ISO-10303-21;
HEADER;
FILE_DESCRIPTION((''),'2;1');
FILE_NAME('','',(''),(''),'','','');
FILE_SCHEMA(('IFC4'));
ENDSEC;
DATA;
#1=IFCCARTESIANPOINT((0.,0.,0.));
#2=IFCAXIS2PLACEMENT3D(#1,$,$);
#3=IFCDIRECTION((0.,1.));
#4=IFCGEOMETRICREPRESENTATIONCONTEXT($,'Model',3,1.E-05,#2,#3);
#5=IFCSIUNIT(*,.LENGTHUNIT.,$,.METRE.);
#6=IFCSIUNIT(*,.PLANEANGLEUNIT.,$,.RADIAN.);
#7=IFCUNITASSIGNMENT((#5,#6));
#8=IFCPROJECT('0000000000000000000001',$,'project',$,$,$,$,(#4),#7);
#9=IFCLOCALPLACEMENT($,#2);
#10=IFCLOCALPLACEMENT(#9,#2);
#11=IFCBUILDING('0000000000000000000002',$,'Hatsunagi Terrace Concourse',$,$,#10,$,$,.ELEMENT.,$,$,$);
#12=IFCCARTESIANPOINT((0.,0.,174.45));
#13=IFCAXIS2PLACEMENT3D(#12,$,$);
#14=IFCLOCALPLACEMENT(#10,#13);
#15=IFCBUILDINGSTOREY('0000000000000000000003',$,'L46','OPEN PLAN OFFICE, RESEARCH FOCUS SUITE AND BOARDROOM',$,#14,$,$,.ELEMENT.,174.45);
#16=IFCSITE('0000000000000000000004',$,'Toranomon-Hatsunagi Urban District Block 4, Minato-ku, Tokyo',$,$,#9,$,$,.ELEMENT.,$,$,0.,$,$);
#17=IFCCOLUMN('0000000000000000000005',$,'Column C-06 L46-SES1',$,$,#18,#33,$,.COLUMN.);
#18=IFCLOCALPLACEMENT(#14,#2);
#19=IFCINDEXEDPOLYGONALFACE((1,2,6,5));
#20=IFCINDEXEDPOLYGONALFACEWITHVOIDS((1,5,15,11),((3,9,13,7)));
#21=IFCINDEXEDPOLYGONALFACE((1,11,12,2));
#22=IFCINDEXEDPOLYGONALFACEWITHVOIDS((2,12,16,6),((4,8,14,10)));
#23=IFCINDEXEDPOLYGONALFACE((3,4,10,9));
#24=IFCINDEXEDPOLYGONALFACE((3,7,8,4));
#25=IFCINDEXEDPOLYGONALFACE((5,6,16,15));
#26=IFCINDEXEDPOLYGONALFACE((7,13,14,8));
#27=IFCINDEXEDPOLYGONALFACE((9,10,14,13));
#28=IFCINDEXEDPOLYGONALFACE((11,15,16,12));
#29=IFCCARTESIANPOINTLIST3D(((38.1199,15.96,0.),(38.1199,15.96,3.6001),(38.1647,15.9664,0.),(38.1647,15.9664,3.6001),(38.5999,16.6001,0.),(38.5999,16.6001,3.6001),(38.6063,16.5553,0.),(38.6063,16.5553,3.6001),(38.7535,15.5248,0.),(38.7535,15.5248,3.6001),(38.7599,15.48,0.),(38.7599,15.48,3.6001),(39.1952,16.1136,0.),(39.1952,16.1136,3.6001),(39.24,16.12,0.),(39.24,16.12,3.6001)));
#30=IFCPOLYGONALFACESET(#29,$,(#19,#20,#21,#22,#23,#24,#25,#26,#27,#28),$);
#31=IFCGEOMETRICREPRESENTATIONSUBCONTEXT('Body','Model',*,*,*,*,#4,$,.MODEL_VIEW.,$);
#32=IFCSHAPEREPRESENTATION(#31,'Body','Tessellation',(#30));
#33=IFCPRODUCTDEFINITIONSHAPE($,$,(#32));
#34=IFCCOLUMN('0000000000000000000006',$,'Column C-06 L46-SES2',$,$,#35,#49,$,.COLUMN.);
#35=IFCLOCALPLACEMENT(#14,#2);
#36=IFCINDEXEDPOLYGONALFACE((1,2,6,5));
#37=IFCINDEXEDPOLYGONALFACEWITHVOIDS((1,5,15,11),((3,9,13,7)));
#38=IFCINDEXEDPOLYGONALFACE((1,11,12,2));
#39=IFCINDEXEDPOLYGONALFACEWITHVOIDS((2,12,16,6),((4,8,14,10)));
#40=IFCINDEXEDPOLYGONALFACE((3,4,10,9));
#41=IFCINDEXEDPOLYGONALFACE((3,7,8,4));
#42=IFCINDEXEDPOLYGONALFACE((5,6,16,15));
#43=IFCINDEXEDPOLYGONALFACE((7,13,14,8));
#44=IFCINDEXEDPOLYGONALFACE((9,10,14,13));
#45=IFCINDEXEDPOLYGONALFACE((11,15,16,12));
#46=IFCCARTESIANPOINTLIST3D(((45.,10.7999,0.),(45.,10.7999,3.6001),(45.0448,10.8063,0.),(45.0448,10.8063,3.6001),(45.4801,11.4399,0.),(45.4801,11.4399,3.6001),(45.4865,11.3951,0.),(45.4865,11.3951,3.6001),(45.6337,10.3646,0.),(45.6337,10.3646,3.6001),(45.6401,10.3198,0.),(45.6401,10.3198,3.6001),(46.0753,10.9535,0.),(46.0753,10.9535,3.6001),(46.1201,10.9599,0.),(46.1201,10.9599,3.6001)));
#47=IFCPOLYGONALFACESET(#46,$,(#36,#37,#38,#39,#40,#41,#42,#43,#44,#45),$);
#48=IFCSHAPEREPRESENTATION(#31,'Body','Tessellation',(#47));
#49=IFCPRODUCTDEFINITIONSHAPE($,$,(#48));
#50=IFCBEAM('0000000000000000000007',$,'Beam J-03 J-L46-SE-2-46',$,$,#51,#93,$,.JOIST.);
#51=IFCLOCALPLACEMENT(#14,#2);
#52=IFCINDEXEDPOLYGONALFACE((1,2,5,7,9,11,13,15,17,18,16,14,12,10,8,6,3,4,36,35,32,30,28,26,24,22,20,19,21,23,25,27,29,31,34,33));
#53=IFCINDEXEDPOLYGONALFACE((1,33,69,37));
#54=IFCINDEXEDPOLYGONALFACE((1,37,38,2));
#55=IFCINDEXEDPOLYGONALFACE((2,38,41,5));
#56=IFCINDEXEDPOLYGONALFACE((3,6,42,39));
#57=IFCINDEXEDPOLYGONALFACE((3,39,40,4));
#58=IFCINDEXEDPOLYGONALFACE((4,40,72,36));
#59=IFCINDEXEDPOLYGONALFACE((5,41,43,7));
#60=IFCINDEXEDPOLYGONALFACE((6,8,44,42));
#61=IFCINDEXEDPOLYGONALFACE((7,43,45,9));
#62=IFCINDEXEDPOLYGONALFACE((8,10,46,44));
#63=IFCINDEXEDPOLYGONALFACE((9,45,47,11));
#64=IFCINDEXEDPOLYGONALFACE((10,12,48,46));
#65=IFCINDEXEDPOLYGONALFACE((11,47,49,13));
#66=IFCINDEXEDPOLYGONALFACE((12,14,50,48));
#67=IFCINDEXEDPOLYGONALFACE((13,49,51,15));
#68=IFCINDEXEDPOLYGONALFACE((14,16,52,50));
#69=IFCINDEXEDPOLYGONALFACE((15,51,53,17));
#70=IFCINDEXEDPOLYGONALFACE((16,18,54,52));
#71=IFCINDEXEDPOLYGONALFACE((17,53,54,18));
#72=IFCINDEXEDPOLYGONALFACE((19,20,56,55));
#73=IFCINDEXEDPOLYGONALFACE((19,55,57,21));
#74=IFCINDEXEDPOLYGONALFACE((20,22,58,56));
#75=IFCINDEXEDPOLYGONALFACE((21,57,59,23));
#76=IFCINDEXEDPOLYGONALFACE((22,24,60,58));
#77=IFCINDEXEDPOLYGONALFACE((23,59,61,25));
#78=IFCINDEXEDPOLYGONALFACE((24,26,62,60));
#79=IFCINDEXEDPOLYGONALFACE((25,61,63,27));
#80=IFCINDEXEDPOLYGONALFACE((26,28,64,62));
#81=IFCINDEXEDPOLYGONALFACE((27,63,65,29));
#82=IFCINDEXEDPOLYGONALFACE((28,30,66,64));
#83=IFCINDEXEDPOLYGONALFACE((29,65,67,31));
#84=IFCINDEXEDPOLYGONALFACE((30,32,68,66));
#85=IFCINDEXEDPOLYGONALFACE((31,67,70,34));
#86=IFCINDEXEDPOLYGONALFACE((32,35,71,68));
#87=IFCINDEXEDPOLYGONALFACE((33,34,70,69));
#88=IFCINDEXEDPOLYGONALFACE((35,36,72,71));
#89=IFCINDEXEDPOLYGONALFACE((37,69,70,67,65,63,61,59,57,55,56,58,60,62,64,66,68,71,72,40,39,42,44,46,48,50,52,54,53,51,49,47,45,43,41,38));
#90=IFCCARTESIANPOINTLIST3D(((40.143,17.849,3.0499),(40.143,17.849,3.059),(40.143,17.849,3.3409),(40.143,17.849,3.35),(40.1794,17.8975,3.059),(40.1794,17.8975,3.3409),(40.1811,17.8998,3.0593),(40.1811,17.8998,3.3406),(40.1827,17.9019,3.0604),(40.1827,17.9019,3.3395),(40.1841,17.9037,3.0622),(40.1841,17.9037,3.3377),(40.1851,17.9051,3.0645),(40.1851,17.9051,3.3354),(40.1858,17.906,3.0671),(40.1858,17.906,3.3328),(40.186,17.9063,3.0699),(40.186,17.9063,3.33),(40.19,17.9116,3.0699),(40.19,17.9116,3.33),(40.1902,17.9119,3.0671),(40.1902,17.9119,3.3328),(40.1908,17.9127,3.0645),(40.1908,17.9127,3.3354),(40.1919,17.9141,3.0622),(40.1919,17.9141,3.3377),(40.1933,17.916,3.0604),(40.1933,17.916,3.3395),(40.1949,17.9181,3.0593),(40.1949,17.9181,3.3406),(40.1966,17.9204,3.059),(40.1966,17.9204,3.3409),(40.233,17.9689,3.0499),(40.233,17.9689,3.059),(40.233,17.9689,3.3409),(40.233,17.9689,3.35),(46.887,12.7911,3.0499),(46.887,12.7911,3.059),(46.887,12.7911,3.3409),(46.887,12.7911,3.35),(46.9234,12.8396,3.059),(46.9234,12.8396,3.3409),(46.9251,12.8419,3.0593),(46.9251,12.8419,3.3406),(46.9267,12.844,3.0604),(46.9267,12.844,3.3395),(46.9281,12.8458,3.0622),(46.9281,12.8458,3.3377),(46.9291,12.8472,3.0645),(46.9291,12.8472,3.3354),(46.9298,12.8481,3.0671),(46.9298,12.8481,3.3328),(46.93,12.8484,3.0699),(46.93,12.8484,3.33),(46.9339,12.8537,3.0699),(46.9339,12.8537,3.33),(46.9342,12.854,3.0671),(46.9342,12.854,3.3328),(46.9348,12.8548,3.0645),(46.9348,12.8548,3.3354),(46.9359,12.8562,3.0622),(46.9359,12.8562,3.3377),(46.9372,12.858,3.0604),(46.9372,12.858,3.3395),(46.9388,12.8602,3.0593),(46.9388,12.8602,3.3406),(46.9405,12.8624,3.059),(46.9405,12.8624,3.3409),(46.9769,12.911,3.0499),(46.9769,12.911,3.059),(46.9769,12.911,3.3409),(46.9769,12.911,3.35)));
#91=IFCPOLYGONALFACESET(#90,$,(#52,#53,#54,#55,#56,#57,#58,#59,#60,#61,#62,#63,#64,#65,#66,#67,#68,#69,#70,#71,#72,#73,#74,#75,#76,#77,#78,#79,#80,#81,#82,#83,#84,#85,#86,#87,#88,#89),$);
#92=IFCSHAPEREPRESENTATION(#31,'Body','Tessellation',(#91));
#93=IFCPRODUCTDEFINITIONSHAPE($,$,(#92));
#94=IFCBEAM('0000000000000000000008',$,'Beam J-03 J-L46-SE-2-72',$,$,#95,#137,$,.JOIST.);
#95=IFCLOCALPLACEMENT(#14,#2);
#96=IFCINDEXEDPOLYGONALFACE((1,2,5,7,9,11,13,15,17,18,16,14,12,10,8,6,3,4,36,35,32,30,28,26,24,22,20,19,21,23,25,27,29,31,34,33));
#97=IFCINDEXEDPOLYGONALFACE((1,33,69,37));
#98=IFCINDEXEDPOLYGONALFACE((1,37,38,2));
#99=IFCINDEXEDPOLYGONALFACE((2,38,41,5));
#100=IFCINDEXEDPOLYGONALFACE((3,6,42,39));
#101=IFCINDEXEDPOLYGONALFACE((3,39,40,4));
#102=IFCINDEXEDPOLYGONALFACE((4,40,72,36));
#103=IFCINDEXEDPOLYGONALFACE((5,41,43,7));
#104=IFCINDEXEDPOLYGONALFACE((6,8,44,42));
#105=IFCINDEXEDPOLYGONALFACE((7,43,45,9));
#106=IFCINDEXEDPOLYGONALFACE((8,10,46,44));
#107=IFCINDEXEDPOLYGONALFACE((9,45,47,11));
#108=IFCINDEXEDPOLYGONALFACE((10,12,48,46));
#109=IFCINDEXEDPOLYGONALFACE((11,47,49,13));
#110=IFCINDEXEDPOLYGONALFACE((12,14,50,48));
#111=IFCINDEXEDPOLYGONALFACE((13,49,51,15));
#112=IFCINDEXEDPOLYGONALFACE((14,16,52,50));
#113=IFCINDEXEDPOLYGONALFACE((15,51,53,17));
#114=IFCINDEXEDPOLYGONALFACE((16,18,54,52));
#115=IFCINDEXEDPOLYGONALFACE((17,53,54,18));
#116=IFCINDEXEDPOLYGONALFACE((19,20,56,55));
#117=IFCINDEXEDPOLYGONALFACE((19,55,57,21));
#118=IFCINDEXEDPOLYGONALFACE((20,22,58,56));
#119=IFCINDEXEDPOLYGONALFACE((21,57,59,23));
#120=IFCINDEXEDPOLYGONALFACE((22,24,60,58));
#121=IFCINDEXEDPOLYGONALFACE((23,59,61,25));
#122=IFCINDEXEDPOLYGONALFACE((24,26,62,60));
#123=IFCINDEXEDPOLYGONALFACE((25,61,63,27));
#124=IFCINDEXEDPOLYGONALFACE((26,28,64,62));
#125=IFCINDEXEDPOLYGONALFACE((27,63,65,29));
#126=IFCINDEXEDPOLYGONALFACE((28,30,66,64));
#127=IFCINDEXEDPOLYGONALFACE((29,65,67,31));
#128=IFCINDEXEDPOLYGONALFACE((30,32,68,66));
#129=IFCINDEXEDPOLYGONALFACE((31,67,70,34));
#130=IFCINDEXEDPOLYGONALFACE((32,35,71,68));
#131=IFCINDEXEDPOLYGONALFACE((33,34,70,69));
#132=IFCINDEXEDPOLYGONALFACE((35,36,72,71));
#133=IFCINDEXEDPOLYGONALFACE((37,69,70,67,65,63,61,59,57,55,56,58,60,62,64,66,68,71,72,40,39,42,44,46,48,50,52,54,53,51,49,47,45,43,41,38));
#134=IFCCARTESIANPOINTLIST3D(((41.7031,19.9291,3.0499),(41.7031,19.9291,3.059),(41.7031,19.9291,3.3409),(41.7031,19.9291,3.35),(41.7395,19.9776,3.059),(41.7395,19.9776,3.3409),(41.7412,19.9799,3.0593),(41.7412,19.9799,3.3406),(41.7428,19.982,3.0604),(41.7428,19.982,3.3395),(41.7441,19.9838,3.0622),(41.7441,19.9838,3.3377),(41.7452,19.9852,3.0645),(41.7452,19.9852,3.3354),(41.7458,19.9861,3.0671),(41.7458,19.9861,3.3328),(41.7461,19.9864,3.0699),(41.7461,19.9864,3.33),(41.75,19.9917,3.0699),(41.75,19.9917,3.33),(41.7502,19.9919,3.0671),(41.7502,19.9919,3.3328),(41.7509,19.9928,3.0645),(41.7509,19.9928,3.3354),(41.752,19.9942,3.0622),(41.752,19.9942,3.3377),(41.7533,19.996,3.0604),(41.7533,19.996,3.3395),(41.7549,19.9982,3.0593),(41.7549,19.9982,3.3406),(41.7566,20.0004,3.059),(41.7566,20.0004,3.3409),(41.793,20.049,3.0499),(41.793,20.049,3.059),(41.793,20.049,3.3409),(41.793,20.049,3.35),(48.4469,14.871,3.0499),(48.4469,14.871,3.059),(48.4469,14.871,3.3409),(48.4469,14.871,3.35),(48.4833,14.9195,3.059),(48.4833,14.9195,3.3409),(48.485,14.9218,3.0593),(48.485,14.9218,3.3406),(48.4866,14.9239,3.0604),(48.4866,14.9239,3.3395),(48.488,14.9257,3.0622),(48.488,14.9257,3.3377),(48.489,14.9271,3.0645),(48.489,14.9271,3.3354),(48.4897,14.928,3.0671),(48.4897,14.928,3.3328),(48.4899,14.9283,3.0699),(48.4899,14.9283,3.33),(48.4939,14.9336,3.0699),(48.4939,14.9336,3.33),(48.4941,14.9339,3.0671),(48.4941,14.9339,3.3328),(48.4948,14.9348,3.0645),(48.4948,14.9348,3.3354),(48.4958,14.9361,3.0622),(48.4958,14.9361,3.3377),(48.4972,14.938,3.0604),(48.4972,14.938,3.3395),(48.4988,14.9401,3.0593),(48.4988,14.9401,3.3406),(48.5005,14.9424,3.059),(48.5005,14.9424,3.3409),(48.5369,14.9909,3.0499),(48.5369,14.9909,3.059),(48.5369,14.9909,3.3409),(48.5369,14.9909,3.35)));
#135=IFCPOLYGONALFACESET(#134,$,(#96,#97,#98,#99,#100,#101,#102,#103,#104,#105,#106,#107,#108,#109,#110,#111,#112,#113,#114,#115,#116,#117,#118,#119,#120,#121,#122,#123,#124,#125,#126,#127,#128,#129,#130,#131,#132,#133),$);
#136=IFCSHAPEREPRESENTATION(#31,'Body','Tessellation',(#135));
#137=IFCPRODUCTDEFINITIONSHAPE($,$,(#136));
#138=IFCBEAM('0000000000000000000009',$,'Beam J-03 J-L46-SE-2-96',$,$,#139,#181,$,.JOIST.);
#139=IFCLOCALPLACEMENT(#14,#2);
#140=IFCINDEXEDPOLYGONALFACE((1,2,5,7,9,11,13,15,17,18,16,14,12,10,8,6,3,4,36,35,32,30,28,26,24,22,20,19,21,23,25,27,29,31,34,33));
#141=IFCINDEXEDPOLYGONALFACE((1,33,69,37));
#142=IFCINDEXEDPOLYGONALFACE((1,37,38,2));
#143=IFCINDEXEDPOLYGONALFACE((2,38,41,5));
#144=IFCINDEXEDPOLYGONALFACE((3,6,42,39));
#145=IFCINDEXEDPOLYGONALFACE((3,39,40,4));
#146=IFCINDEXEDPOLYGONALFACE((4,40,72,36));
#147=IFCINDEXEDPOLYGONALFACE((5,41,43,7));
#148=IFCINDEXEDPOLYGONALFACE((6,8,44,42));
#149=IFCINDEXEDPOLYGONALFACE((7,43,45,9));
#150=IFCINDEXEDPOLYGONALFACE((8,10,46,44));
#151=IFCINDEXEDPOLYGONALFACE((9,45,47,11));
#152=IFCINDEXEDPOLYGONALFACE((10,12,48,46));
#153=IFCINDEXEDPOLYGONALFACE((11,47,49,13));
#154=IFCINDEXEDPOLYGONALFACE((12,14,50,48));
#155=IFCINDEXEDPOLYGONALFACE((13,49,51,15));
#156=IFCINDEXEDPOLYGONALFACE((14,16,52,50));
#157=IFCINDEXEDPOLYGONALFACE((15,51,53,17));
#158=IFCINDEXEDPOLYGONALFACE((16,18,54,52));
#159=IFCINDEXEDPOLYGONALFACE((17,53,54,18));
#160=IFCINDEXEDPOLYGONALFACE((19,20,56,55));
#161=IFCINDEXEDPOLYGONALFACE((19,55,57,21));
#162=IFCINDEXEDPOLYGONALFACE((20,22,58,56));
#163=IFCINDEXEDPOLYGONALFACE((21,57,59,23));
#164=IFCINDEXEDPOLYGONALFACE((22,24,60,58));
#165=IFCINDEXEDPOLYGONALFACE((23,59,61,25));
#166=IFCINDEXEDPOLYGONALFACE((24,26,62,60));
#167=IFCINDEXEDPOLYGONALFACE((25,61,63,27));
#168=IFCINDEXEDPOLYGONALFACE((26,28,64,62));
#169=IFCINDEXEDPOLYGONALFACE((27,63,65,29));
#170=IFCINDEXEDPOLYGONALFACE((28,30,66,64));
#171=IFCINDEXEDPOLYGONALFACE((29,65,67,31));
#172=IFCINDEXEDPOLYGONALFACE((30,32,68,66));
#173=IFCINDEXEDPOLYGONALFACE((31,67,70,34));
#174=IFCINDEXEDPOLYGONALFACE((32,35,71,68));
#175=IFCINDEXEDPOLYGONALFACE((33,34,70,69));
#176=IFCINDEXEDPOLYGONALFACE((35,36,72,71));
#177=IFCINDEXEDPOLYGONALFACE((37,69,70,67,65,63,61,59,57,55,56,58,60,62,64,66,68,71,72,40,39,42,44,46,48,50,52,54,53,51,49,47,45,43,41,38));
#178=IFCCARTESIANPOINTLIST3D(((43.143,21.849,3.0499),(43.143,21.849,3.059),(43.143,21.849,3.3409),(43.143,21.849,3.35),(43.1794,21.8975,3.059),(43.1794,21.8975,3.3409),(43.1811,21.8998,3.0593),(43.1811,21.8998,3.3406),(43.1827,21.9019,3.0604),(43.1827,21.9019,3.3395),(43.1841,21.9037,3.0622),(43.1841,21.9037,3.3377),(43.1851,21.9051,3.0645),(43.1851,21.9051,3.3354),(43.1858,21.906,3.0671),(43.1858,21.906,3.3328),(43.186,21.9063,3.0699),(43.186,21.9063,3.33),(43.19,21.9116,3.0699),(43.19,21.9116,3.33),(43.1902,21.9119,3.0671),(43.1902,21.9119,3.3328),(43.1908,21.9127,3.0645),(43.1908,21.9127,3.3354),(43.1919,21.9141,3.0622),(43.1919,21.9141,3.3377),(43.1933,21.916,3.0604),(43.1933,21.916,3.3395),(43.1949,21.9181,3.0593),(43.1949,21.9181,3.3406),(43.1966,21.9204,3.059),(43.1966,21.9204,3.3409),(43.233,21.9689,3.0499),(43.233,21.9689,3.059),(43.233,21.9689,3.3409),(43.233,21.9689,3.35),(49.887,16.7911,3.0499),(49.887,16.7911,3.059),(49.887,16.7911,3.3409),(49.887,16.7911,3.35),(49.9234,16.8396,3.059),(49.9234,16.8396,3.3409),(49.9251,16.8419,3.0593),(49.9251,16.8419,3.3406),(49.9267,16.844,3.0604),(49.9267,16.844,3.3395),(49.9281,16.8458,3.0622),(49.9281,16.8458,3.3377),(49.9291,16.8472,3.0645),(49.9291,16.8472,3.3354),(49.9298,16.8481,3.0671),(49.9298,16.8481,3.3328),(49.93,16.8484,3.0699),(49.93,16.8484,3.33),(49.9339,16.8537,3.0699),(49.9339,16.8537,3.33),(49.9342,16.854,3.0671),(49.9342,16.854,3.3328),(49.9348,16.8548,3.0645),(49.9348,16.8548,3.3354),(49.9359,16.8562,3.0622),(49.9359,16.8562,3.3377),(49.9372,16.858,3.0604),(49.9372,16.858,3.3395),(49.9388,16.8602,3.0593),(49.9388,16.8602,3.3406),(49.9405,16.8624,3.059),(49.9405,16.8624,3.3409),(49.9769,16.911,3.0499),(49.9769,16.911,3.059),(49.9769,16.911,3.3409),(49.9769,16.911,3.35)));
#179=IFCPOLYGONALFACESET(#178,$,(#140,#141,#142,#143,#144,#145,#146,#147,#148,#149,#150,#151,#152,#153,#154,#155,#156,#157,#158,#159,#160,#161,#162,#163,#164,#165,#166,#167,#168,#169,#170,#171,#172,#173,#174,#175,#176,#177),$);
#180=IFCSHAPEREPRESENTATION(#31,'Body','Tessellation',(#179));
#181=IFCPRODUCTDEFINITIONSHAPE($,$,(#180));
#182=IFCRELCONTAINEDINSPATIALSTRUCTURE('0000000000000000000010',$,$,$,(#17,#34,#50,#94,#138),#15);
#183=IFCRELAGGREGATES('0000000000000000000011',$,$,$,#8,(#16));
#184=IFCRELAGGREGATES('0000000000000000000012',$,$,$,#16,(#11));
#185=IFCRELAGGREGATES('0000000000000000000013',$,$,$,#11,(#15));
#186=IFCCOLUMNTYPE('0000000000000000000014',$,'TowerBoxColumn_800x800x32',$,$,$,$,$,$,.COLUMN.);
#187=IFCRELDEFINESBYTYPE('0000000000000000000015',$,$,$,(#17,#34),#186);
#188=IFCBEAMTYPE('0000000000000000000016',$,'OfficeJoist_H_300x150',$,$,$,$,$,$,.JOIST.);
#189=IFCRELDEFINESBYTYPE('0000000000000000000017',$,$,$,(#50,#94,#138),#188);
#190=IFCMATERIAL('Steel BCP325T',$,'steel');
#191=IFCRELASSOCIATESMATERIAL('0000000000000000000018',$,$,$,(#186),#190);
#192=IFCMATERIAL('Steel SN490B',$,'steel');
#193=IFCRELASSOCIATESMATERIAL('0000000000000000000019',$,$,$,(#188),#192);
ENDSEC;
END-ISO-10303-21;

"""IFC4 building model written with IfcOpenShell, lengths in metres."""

from ifc_helpers import new_model, si_unit, direction, frame, origin, origin_2d, place, context, subcontext, project, spatial, hollow_rectangle, i_section, extrude, material, material_profile, profile_set, type_object, element, save


model = new_model("IFC4")

# Units and contexts
model_context = context("Model", 3, precision=1e-05, world=origin(), true_north=direction((0.0, 1.0)))
body_context = subcontext(model_context, "Body", "Model", "MODEL_VIEW")
ifc_project = project(units=[si_unit("LENGTHUNIT", "METRE"), si_unit("PLANEANGLEUNIT", "RADIAN")], contexts=[model_context])

# Site, building, storey
site_placement = place(None, origin())
site = spatial("IfcSite", under=ifc_project, at=site_placement, Name="Toranomon-Hatsunagi Urban District Block 4, Minato-ku, Tokyo", CompositionType="ELEMENT", RefElevation=0.0)
building_placement = place(site_placement, origin())
building = spatial("IfcBuilding", under=site, at=building_placement, Name="Hatsunagi Terrace Concourse", CompositionType="ELEMENT")
storey_placement = place(building_placement, frame((0.0, 0.0, 174.45)))
storey = spatial("IfcBuildingStorey", under=building, at=storey_placement, Name="L46", Description="OPEN PLAN OFFICE, RESEARCH FOCUS SUITE AND BOARDROOM", CompositionType="ELEMENT", Elevation=174.45)

# Columns
ifc_material_1 = material(Name="Steel BCP325T", Category="steel")
ifc_material_profile_1 = material_profile(ifc_material_1, hollow_rectangle(XDim=0.8, YDim=0.8, WallThickness=0.032, at=origin_2d()), Name="BCP-800x800x32")
ifc_profile_set_1 = profile_set([ifc_material_profile_1], Name="Steel BCP325T")
column_type = type_object("IfcColumnType", Name="TowerBoxColumn_800x800x32", PredefinedType="COLUMN", material=ifc_profile_set_1)
for number, where, z_axis, x_axis, name in (
    (1, (38.6799, 16.04, 0.0), (0.0, 0.0, 1.0), (0.8, -0.6, 0.0), "Column C-06 L46-SES1"),
    (2, (45.5601, 10.8799, 0.0), (0.0, 0.0, 1.0), (0.8, -0.6, 0.0), "Column C-06 L46-SES2"),
):
    element("IfcColumn", number, at=place(storey_placement, frame(where, z_axis=z_axis, x_axis=x_axis)), inside=storey, type_object=column_type, Name=name, PredefinedType="COLUMN", context=body_context, shape_type="SweptSolid", body=[
        extrude(hollow_rectangle(XDim=0.8, YDim=0.8, WallThickness=0.032, at=origin_2d()), origin(), (0.0, 0.0, 1.0), 3.6001),
    ])

# Beams
ifc_material_2 = material(Name="Steel SN490B", Category="steel")
ifc_material_profile_2 = material_profile(ifc_material_2, i_section(OverallWidth=0.1499, OverallDepth=0.3, WebThickness=0.0066, FlangeThickness=0.009, FilletRadius=0.011, at=origin_2d()), Name="H-300x150x6.5x9")
ifc_profile_set_2 = profile_set([ifc_material_profile_2], Name="Steel SN490B")
beam_type_1 = type_object("IfcBeamType", Name="OfficeJoist_H_300x150", PredefinedType="JOIST", material=ifc_profile_set_2)
for number, where, z_axis, x_axis, name in (
    (3, (40.188, 17.9089, 3.2), (0.800003, -0.599995, 0.0), (0.599995, 0.800003, 0.0), "Beam J-03 J-L46-SE-2-46"),
    (4, (41.748, 19.989, 3.2), (0.79999, -0.600014, 0.0), (0.600014, 0.79999, 0.0), "Beam J-03 J-L46-SE-2-72"),
    (5, (43.188, 21.9089, 3.2), (0.800003, -0.599995, 0.0), (0.599995, 0.800003, 0.0), "Beam J-03 J-L46-SE-2-96"),
):
    element("IfcBeam", number, at=place(storey_placement, frame(where, z_axis=z_axis, x_axis=x_axis)), inside=storey, type_object=beam_type_1, Name=name, PredefinedType="JOIST", context=body_context, shape_type="SweptSolid", body=[
        extrude(i_section(OverallWidth=0.1499, OverallDepth=0.3, WebThickness=0.0066, FlangeThickness=0.009, FilletRadius=0.011, at=origin_2d()), origin(), (0.0, 0.0, 1.0), 8.4299),
    ])

save(model, "model.ifc")
